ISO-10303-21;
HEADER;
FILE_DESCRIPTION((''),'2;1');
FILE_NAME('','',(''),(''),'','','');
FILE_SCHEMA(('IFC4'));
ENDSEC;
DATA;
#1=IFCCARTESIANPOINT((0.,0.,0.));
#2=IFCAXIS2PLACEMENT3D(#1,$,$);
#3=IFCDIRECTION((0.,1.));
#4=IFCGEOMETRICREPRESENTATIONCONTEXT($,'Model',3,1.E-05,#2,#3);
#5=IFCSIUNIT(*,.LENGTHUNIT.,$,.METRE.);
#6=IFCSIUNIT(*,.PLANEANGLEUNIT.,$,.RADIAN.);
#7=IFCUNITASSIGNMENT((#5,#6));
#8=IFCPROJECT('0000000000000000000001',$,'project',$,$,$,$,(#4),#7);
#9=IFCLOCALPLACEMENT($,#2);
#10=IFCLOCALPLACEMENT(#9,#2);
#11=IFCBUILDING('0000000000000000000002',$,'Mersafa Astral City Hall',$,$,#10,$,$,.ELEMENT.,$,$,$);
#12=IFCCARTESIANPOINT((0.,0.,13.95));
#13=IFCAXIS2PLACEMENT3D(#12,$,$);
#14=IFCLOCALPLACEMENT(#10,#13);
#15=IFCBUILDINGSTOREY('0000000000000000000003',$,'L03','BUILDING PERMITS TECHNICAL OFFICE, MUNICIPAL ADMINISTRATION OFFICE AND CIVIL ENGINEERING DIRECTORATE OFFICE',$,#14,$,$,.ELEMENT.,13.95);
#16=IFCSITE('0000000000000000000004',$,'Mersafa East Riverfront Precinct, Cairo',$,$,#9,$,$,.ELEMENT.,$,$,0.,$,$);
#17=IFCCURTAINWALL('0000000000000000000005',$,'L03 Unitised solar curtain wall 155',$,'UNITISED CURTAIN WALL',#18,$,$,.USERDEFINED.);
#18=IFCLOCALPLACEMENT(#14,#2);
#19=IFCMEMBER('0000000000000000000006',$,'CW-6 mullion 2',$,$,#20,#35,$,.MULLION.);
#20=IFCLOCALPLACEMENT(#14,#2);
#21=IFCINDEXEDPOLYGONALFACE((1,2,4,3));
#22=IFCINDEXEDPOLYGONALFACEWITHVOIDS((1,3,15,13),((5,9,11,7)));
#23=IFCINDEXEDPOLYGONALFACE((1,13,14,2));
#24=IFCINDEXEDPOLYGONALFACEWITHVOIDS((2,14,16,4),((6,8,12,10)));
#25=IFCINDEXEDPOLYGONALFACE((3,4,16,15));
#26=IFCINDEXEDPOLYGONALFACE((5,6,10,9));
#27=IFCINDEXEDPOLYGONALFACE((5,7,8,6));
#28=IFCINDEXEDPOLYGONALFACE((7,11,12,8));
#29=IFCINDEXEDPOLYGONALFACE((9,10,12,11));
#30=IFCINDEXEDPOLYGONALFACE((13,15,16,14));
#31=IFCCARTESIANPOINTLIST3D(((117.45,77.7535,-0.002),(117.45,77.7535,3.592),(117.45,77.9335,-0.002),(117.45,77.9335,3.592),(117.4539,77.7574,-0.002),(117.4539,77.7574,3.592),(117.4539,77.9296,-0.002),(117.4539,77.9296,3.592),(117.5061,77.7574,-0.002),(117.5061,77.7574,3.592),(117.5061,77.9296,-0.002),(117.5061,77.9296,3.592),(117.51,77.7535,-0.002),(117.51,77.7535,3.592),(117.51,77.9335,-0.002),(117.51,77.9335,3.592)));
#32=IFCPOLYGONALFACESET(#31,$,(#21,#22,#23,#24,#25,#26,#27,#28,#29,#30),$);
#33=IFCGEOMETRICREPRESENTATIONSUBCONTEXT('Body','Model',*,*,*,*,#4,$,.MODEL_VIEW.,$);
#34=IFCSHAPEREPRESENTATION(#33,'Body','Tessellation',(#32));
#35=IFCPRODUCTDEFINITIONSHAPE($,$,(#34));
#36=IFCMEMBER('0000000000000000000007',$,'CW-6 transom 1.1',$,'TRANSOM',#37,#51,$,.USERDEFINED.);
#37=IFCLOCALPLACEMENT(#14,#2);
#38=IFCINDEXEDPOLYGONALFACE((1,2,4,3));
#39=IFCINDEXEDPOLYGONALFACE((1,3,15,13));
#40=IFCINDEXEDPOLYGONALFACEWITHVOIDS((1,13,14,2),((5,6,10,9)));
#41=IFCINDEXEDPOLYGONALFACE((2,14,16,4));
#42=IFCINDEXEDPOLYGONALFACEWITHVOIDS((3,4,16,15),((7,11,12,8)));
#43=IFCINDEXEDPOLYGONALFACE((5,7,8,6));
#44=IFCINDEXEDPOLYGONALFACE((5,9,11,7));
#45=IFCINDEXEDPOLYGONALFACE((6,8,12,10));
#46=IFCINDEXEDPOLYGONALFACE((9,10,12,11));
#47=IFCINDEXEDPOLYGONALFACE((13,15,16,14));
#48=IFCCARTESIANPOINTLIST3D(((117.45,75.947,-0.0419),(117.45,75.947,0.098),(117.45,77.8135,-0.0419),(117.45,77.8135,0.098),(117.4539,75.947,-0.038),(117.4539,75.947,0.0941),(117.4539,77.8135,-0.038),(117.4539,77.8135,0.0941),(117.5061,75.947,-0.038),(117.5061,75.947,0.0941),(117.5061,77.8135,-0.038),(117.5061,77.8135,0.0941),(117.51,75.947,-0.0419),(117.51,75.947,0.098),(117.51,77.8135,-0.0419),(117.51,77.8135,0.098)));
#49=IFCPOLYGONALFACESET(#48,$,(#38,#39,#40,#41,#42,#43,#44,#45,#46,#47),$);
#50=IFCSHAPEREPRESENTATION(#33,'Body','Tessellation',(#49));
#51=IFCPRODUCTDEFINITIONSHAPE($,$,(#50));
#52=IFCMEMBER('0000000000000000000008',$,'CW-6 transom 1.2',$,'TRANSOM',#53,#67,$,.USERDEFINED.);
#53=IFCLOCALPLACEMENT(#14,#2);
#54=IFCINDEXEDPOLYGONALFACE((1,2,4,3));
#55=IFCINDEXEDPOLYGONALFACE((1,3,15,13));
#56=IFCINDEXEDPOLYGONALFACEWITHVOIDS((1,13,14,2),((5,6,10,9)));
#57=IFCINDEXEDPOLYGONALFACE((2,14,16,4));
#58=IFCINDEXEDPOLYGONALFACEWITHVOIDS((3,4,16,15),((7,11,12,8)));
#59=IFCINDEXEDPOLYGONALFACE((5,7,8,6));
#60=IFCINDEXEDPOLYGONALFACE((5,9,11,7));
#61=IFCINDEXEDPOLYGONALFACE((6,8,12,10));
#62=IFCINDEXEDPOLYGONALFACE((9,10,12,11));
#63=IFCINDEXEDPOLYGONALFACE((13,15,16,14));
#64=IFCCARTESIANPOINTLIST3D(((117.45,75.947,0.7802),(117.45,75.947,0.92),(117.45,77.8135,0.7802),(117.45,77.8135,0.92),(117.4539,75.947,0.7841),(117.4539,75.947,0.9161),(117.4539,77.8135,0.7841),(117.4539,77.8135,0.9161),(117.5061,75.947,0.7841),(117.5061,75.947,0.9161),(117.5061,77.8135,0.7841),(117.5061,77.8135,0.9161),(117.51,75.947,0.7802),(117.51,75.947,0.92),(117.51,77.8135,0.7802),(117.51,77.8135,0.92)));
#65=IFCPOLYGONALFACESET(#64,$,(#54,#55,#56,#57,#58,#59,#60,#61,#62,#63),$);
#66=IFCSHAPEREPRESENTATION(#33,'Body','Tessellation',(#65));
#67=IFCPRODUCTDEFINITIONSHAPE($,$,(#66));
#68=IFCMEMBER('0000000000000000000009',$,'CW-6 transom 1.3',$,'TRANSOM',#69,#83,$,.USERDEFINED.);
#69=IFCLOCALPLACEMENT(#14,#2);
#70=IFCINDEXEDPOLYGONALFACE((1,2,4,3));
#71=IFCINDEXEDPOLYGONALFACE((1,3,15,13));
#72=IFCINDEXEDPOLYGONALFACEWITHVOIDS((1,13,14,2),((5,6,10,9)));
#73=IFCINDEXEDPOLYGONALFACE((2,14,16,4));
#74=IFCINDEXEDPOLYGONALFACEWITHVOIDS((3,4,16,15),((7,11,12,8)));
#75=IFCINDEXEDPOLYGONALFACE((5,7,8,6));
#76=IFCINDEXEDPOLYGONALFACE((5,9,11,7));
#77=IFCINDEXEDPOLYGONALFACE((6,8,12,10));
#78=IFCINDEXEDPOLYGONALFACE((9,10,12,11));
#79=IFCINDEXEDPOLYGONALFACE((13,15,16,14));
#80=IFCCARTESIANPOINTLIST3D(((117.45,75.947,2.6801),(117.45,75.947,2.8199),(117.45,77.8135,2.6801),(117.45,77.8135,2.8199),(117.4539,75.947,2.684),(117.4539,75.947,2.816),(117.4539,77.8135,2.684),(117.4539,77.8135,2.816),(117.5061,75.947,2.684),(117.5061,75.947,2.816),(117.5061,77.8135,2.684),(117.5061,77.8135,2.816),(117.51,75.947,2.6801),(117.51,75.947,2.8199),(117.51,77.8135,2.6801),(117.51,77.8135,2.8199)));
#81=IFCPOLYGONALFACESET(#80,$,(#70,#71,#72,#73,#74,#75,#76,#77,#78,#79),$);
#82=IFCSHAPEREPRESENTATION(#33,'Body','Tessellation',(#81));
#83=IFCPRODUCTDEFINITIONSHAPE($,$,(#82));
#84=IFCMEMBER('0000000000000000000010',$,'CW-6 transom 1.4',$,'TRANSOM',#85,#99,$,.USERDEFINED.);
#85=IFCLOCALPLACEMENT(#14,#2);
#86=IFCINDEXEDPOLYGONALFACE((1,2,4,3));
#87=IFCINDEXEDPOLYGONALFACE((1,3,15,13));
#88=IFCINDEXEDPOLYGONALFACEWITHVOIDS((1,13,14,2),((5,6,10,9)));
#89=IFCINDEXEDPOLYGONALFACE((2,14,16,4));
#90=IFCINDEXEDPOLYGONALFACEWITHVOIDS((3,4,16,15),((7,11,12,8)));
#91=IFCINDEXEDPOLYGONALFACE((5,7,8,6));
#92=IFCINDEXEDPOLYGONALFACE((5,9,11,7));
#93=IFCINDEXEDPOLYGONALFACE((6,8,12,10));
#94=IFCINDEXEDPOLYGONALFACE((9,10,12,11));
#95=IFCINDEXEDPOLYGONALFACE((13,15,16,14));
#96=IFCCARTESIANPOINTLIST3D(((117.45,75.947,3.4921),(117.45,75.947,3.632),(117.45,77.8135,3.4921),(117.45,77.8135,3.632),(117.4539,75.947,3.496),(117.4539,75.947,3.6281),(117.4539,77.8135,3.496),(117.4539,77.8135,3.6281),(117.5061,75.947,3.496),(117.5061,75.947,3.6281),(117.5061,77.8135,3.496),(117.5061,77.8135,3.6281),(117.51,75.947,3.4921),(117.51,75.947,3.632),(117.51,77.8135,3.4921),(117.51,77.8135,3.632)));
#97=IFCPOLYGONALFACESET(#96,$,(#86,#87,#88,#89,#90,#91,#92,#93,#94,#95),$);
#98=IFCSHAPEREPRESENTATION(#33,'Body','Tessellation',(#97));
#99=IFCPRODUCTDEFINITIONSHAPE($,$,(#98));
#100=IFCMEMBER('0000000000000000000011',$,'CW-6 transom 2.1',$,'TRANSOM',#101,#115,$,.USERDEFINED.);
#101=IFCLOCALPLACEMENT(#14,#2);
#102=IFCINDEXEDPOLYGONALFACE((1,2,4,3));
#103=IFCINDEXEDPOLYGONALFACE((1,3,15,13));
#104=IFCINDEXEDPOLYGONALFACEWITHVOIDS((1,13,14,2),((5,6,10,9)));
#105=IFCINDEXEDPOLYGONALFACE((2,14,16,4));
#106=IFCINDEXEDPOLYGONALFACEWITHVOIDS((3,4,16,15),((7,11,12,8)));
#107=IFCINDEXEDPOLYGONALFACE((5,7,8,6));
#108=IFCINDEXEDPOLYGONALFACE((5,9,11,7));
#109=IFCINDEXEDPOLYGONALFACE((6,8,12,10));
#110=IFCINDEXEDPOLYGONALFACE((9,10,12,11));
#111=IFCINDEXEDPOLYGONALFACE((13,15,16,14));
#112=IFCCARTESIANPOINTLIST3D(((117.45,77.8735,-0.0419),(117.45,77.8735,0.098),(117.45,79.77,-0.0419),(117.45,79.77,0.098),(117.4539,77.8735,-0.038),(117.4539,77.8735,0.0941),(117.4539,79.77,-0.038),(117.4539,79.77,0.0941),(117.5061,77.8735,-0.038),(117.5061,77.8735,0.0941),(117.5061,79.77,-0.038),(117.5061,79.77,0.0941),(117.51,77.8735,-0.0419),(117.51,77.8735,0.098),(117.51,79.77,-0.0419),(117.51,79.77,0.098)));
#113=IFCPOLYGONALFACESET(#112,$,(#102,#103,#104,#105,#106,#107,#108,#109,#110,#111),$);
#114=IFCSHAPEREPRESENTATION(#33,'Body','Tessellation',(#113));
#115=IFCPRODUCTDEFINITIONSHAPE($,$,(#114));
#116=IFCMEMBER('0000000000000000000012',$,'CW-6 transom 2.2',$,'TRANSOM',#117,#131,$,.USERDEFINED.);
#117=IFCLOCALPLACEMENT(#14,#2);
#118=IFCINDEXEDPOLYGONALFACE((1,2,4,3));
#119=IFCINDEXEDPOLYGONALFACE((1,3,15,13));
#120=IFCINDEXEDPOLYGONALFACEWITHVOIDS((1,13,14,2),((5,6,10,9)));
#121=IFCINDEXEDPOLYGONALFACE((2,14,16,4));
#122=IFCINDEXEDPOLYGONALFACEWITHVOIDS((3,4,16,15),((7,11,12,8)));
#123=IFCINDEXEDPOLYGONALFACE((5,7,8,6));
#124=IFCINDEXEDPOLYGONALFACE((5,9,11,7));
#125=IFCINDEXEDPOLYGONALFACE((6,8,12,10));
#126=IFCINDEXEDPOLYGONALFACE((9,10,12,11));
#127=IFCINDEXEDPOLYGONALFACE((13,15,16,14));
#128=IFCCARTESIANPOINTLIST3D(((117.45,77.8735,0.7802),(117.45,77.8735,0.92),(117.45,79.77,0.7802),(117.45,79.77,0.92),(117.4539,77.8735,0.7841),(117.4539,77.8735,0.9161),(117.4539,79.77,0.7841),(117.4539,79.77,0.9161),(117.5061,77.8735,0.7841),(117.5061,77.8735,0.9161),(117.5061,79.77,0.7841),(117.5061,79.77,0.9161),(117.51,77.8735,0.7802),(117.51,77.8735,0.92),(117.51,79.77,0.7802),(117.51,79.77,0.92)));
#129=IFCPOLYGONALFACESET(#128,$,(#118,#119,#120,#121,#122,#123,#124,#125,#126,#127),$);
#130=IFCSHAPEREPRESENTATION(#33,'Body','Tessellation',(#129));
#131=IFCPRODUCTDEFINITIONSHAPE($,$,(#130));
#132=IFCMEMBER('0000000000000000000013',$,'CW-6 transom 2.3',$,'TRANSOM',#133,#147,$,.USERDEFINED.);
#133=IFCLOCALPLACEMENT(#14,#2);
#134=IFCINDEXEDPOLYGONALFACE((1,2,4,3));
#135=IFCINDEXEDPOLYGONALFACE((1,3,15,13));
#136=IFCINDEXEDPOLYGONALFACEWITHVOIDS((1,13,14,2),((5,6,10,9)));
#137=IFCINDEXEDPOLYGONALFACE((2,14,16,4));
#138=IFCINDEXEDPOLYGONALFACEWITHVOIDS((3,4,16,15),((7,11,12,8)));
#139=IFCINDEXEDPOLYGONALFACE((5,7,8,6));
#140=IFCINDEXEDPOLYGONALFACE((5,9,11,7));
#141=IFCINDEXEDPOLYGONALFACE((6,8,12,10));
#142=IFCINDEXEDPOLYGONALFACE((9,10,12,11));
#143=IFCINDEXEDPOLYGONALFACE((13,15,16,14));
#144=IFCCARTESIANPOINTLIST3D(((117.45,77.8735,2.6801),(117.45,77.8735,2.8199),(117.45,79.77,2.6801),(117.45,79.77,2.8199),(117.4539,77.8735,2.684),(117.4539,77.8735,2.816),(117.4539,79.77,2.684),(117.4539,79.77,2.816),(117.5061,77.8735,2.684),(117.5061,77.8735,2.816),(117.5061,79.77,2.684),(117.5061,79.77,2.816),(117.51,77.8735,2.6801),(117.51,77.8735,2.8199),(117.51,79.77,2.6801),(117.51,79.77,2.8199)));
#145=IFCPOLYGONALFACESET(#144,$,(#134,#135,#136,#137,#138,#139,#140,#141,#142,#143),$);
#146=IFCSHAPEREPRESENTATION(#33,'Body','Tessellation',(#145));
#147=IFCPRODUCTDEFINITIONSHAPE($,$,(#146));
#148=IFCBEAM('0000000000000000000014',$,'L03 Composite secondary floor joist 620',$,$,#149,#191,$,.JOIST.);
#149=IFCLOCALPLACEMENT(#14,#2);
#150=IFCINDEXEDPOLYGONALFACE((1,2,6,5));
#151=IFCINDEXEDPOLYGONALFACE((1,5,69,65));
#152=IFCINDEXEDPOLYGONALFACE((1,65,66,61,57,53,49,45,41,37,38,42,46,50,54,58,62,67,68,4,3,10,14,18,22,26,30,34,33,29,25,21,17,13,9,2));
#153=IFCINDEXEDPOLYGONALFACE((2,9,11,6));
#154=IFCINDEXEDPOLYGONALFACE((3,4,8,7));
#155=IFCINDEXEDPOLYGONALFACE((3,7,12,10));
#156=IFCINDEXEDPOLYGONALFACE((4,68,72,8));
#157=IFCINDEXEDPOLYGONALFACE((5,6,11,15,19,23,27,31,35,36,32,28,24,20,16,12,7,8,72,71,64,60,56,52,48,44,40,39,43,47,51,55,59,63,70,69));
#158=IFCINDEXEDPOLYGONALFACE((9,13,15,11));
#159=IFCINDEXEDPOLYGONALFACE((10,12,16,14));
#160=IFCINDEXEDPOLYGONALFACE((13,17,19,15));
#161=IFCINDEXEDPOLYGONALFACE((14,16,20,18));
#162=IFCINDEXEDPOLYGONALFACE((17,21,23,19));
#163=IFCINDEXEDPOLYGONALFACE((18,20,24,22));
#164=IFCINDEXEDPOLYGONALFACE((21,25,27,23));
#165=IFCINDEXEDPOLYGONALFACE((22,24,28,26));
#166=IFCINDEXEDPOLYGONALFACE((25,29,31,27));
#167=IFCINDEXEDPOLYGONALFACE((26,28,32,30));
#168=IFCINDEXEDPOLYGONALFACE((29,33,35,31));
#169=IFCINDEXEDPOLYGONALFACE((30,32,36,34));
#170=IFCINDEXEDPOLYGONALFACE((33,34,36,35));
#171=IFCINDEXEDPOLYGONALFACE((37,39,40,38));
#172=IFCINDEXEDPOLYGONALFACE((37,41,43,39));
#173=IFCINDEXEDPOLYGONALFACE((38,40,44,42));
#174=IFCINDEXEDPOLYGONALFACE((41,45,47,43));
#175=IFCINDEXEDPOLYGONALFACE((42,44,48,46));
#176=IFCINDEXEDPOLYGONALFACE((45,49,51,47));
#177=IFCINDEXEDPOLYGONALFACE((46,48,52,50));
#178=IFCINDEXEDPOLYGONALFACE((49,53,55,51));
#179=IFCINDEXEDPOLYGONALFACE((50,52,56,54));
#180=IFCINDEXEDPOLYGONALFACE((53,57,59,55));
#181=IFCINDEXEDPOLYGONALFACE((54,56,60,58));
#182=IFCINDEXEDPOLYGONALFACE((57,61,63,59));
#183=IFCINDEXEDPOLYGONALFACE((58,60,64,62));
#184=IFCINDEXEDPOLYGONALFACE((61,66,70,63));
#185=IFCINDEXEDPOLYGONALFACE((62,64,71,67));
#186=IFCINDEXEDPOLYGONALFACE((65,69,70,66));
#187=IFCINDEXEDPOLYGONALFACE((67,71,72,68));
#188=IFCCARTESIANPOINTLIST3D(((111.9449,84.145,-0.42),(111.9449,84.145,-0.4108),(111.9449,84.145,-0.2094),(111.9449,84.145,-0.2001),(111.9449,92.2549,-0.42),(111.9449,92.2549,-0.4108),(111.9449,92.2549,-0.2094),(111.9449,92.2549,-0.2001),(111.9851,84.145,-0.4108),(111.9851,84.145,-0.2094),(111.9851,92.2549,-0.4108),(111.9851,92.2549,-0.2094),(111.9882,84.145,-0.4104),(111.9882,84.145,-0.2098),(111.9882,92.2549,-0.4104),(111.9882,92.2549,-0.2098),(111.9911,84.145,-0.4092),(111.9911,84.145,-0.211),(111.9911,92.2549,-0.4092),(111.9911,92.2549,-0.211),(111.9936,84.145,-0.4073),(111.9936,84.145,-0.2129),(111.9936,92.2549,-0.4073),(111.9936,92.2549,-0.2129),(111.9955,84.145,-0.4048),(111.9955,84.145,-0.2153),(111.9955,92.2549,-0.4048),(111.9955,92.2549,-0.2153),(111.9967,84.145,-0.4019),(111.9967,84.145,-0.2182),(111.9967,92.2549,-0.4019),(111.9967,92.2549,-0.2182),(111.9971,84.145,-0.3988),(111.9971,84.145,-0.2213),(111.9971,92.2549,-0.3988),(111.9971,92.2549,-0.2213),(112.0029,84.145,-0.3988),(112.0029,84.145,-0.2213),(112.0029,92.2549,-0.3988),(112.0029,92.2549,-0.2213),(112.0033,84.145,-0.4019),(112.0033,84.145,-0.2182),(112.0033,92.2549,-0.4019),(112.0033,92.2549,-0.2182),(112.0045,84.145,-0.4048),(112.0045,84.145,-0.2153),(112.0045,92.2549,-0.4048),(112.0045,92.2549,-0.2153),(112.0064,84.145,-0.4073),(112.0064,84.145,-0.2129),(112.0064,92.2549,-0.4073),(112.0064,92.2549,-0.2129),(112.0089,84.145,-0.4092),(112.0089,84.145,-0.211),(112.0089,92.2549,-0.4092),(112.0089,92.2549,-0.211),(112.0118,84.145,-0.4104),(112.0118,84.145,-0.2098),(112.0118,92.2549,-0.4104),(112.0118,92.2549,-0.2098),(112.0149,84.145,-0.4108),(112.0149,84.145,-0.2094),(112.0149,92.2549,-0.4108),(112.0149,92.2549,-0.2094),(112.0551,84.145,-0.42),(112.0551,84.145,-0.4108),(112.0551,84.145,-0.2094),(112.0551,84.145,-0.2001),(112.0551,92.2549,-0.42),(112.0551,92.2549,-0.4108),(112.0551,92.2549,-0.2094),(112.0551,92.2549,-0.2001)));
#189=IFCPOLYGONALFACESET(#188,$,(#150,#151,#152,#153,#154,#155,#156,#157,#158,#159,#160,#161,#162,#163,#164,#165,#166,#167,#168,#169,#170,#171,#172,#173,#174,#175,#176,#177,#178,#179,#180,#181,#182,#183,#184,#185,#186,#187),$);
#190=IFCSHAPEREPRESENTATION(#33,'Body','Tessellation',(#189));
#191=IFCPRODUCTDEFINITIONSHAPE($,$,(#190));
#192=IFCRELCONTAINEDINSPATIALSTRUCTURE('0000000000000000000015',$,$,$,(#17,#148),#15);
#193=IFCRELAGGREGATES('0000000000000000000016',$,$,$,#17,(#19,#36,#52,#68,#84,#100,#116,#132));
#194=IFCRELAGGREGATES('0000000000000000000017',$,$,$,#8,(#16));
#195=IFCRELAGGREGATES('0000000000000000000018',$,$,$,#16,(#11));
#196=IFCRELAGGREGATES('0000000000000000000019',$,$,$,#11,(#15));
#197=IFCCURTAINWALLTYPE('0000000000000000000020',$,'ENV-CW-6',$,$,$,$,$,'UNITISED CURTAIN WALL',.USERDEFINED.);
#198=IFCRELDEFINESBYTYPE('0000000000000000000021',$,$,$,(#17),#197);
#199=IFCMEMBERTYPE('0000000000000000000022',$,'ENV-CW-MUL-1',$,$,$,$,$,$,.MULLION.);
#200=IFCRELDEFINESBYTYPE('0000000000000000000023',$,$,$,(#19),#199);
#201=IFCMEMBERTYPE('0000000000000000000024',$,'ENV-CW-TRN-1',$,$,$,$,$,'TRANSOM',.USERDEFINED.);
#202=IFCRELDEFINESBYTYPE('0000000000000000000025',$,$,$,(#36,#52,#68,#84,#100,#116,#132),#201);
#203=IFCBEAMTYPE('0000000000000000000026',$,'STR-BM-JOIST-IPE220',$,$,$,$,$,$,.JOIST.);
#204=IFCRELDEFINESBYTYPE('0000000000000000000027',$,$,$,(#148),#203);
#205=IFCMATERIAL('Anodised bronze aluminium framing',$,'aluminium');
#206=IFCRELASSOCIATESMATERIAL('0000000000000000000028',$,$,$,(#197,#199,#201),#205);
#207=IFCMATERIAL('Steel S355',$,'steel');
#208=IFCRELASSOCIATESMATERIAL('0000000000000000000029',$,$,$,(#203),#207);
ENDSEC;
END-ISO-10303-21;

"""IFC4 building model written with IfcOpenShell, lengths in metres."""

from ifc_helpers import new_model, si_unit, direction, frame, origin, origin_2d, place, context, subcontext, project, spatial, hollow_rectangle, i_section, extrude, material, material_profile, profile_set, type_object, element, aggregate, save


model = new_model("IFC4")

# Units and contexts
model_context = context("Model", 3, precision=1e-05, world=origin(), true_north=direction((0.0, 1.0)))
body_context = subcontext(model_context, "Body", "Model", "MODEL_VIEW")
ifc_project = project(units=[si_unit("LENGTHUNIT", "METRE"), si_unit("PLANEANGLEUNIT", "RADIAN")], contexts=[model_context])

# Site, building, storey
site_placement = place(None, origin())
site = spatial("IfcSite", under=ifc_project, at=site_placement, Name="Mersafa East Riverfront Precinct, Cairo", CompositionType="ELEMENT", RefElevation=0.0)
building_placement = place(site_placement, origin())
building = spatial("IfcBuilding", under=site, at=building_placement, Name="Mersafa Astral City Hall", CompositionType="ELEMENT")
storey_placement = place(building_placement, frame((0.0, 0.0, 13.95)))
storey = spatial("IfcBuildingStorey", under=building, at=storey_placement, Name="L03", Description="BUILDING PERMITS TECHNICAL OFFICE, MUNICIPAL ADMINISTRATION OFFICE AND CIVIL ENGINEERING DIRECTORATE OFFICE", CompositionType="ELEMENT", Elevation=13.95)

# Curtain wall, members
ifc_material_1 = material(Name="Anodised bronze aluminium framing", Category="aluminium")
curtain_wall_type = type_object("IfcCurtainWallType", Name="ENV-CW-6", ElementType="UNITISED CURTAIN WALL", PredefinedType="USERDEFINED", material=ifc_material_1)
curtain_wall_placement = place(storey_placement, origin())
curtain_wall = element("IfcCurtainWall", 1, at=curtain_wall_placement, inside=storey, type_object=curtain_wall_type, Name="L03 Unitised solar curtain wall 155", ObjectType="UNITISED CURTAIN WALL", PredefinedType="USERDEFINED")
ifc_material_profile_1 = material_profile(ifc_material_1, hollow_rectangle(XDim=0.0601, YDim=0.1799, WallThickness=0.0039, at=origin_2d()), Name="RHS 60x180x4")
ifc_profile_set_1 = profile_set([ifc_material_profile_1], Name="Anodised bronze aluminium framing")
member_type_1 = type_object("IfcMemberType", Name="ENV-CW-MUL-1", PredefinedType="MULLION", material=ifc_profile_set_1)
member_1_placement = place(storey_placement, frame((117.48, 77.8435, -0.002), z_axis=(0.0, 0.0, 1.0), x_axis=(-1.0, 0.0, 0.0)))
member_1 = element("IfcMember", 2, at=member_1_placement, type_object=member_type_1, Name="CW-6 mullion 2", PredefinedType="MULLION", context=body_context, shape_type="SweptSolid", body=[
    extrude(hollow_rectangle(XDim=0.0601, YDim=0.1799, WallThickness=0.0039, at=origin_2d()), origin(), (0.0, 0.0, 1.0), 3.594),
])
ifc_material_profile_2 = material_profile(ifc_material_1, hollow_rectangle(XDim=0.0601, YDim=0.1399, WallThickness=0.0039, at=origin_2d()), Name="RHS 60x140x4")
ifc_profile_set_2 = profile_set([ifc_material_profile_2], Name="Anodised bronze aluminium framing")
member_type_2 = type_object("IfcMemberType", Name="ENV-CW-TRN-1", ElementType="TRANSOM", PredefinedType="USERDEFINED", material=ifc_profile_set_2)
member_2_placement = place(storey_placement, frame((117.48, 75.947, 0.0281), z_axis=(0.0, 1.0, 0.0), x_axis=(-1.0, 0.0, 0.0)))
member_2 = element("IfcMember", 3, at=member_2_placement, type_object=member_type_2, Name="CW-6 transom 1.1", ObjectType="TRANSOM", PredefinedType="USERDEFINED", context=body_context, shape_type="SweptSolid", body=[
    extrude(hollow_rectangle(XDim=0.0601, YDim=0.1399, WallThickness=0.0039, at=origin_2d()), origin(), (0.0, 0.0, 1.0), 1.8665),
])
member_3_placement = place(storey_placement, frame((117.48, 75.947, 0.8501), z_axis=(0.0, 1.0, 0.0), x_axis=(-1.0, 0.0, 0.0)))
member_3 = element("IfcMember", 4, at=member_3_placement, type_object=member_type_2, Name="CW-6 transom 1.2", ObjectType="TRANSOM", PredefinedType="USERDEFINED", context=body_context, shape_type="SweptSolid", body=[
    extrude(hollow_rectangle(XDim=0.0601, YDim=0.1399, WallThickness=0.0039, at=origin_2d()), origin(), (0.0, 0.0, 1.0), 1.8665),
])
member_4_placement = place(storey_placement, frame((117.48, 75.947, 2.75), z_axis=(0.0, 1.0, 0.0), x_axis=(-1.0, 0.0, 0.0)))
member_4 = element("IfcMember", 5, at=member_4_placement, type_object=member_type_2, Name="CW-6 transom 1.3", ObjectType="TRANSOM", PredefinedType="USERDEFINED", context=body_context, shape_type="SweptSolid", body=[
    extrude(hollow_rectangle(XDim=0.0601, YDim=0.1399, WallThickness=0.0039, at=origin_2d()), origin(), (0.0, 0.0, 1.0), 1.8665),
])
member_5_placement = place(storey_placement, frame((117.48, 75.947, 3.562), z_axis=(0.0, 1.0, 0.0), x_axis=(-1.0, 0.0, 0.0)))
member_5 = element("IfcMember", 6, at=member_5_placement, type_object=member_type_2, Name="CW-6 transom 1.4", ObjectType="TRANSOM", PredefinedType="USERDEFINED", context=body_context, shape_type="SweptSolid", body=[
    extrude(hollow_rectangle(XDim=0.0601, YDim=0.1399, WallThickness=0.0039, at=origin_2d()), origin(), (0.0, 0.0, 1.0), 1.8665),
])
member_6_placement = place(storey_placement, frame((117.48, 77.8735, 0.0281), z_axis=(0.0, 1.0, 0.0), x_axis=(-1.0, 0.0, 0.0)))
member_6 = element("IfcMember", 7, at=member_6_placement, type_object=member_type_2, Name="CW-6 transom 2.1", ObjectType="TRANSOM", PredefinedType="USERDEFINED", context=body_context, shape_type="SweptSolid", body=[
    extrude(hollow_rectangle(XDim=0.0601, YDim=0.1399, WallThickness=0.0039, at=origin_2d()), origin(), (0.0, 0.0, 1.0), 1.8965),
])
member_7_placement = place(storey_placement, frame((117.48, 77.8735, 0.8501), z_axis=(0.0, 1.0, 0.0), x_axis=(-1.0, 0.0, 0.0)))
member_7 = element("IfcMember", 8, at=member_7_placement, type_object=member_type_2, Name="CW-6 transom 2.2", ObjectType="TRANSOM", PredefinedType="USERDEFINED", context=body_context, shape_type="SweptSolid", body=[
    extrude(hollow_rectangle(XDim=0.0601, YDim=0.1399, WallThickness=0.0039, at=origin_2d()), origin(), (0.0, 0.0, 1.0), 1.8965),
])
member_8_placement = place(storey_placement, frame((117.48, 77.8735, 2.75), z_axis=(0.0, 1.0, 0.0), x_axis=(-1.0, 0.0, 0.0)))
member_8 = element("IfcMember", 9, at=member_8_placement, type_object=member_type_2, Name="CW-6 transom 2.3", ObjectType="TRANSOM", PredefinedType="USERDEFINED", context=body_context, shape_type="SweptSolid", body=[
    extrude(hollow_rectangle(XDim=0.0601, YDim=0.1399, WallThickness=0.0039, at=origin_2d()), origin(), (0.0, 0.0, 1.0), 1.8965),
])

# Beam
ifc_material_2 = material(Name="Steel S355", Category="steel")
ifc_material_profile_3 = material_profile(ifc_material_2, i_section(OverallWidth=0.1101, OverallDepth=0.22, WebThickness=0.0059, FlangeThickness=0.0093, FilletRadius=0.012, at=origin_2d()), Name="IPE 220")
ifc_profile_set_3 = profile_set([ifc_material_profile_3], Name="Steel S355")
beam_type_1 = type_object("IfcBeamType", Name="STR-BM-JOIST-IPE220", PredefinedType="JOIST", material=ifc_profile_set_3)
for number, where, z_axis, x_axis, name in (
    (10, (112.0, 84.145, -0.3101), (0.0, 1.0, 0.0), (-1.0, 0.0, 0.0), "L03 Composite secondary floor joist 620"),
):
    element("IfcBeam", number, at=place(storey_placement, frame(where, z_axis=z_axis, x_axis=x_axis)), inside=storey, type_object=beam_type_1, Name=name, PredefinedType="JOIST", context=body_context, shape_type="SweptSolid", body=[
        extrude(i_section(OverallWidth=0.1101, OverallDepth=0.22, WebThickness=0.0059, FlangeThickness=0.0093, FilletRadius=0.012, at=origin_2d()), origin(), (0.0, 0.0, 1.0), 8.1099),
    ])

aggregate(curtain_wall, [member_1, member_2, member_3, member_4, member_5, member_6, member_7, member_8])

save(model, "model.ifc")
